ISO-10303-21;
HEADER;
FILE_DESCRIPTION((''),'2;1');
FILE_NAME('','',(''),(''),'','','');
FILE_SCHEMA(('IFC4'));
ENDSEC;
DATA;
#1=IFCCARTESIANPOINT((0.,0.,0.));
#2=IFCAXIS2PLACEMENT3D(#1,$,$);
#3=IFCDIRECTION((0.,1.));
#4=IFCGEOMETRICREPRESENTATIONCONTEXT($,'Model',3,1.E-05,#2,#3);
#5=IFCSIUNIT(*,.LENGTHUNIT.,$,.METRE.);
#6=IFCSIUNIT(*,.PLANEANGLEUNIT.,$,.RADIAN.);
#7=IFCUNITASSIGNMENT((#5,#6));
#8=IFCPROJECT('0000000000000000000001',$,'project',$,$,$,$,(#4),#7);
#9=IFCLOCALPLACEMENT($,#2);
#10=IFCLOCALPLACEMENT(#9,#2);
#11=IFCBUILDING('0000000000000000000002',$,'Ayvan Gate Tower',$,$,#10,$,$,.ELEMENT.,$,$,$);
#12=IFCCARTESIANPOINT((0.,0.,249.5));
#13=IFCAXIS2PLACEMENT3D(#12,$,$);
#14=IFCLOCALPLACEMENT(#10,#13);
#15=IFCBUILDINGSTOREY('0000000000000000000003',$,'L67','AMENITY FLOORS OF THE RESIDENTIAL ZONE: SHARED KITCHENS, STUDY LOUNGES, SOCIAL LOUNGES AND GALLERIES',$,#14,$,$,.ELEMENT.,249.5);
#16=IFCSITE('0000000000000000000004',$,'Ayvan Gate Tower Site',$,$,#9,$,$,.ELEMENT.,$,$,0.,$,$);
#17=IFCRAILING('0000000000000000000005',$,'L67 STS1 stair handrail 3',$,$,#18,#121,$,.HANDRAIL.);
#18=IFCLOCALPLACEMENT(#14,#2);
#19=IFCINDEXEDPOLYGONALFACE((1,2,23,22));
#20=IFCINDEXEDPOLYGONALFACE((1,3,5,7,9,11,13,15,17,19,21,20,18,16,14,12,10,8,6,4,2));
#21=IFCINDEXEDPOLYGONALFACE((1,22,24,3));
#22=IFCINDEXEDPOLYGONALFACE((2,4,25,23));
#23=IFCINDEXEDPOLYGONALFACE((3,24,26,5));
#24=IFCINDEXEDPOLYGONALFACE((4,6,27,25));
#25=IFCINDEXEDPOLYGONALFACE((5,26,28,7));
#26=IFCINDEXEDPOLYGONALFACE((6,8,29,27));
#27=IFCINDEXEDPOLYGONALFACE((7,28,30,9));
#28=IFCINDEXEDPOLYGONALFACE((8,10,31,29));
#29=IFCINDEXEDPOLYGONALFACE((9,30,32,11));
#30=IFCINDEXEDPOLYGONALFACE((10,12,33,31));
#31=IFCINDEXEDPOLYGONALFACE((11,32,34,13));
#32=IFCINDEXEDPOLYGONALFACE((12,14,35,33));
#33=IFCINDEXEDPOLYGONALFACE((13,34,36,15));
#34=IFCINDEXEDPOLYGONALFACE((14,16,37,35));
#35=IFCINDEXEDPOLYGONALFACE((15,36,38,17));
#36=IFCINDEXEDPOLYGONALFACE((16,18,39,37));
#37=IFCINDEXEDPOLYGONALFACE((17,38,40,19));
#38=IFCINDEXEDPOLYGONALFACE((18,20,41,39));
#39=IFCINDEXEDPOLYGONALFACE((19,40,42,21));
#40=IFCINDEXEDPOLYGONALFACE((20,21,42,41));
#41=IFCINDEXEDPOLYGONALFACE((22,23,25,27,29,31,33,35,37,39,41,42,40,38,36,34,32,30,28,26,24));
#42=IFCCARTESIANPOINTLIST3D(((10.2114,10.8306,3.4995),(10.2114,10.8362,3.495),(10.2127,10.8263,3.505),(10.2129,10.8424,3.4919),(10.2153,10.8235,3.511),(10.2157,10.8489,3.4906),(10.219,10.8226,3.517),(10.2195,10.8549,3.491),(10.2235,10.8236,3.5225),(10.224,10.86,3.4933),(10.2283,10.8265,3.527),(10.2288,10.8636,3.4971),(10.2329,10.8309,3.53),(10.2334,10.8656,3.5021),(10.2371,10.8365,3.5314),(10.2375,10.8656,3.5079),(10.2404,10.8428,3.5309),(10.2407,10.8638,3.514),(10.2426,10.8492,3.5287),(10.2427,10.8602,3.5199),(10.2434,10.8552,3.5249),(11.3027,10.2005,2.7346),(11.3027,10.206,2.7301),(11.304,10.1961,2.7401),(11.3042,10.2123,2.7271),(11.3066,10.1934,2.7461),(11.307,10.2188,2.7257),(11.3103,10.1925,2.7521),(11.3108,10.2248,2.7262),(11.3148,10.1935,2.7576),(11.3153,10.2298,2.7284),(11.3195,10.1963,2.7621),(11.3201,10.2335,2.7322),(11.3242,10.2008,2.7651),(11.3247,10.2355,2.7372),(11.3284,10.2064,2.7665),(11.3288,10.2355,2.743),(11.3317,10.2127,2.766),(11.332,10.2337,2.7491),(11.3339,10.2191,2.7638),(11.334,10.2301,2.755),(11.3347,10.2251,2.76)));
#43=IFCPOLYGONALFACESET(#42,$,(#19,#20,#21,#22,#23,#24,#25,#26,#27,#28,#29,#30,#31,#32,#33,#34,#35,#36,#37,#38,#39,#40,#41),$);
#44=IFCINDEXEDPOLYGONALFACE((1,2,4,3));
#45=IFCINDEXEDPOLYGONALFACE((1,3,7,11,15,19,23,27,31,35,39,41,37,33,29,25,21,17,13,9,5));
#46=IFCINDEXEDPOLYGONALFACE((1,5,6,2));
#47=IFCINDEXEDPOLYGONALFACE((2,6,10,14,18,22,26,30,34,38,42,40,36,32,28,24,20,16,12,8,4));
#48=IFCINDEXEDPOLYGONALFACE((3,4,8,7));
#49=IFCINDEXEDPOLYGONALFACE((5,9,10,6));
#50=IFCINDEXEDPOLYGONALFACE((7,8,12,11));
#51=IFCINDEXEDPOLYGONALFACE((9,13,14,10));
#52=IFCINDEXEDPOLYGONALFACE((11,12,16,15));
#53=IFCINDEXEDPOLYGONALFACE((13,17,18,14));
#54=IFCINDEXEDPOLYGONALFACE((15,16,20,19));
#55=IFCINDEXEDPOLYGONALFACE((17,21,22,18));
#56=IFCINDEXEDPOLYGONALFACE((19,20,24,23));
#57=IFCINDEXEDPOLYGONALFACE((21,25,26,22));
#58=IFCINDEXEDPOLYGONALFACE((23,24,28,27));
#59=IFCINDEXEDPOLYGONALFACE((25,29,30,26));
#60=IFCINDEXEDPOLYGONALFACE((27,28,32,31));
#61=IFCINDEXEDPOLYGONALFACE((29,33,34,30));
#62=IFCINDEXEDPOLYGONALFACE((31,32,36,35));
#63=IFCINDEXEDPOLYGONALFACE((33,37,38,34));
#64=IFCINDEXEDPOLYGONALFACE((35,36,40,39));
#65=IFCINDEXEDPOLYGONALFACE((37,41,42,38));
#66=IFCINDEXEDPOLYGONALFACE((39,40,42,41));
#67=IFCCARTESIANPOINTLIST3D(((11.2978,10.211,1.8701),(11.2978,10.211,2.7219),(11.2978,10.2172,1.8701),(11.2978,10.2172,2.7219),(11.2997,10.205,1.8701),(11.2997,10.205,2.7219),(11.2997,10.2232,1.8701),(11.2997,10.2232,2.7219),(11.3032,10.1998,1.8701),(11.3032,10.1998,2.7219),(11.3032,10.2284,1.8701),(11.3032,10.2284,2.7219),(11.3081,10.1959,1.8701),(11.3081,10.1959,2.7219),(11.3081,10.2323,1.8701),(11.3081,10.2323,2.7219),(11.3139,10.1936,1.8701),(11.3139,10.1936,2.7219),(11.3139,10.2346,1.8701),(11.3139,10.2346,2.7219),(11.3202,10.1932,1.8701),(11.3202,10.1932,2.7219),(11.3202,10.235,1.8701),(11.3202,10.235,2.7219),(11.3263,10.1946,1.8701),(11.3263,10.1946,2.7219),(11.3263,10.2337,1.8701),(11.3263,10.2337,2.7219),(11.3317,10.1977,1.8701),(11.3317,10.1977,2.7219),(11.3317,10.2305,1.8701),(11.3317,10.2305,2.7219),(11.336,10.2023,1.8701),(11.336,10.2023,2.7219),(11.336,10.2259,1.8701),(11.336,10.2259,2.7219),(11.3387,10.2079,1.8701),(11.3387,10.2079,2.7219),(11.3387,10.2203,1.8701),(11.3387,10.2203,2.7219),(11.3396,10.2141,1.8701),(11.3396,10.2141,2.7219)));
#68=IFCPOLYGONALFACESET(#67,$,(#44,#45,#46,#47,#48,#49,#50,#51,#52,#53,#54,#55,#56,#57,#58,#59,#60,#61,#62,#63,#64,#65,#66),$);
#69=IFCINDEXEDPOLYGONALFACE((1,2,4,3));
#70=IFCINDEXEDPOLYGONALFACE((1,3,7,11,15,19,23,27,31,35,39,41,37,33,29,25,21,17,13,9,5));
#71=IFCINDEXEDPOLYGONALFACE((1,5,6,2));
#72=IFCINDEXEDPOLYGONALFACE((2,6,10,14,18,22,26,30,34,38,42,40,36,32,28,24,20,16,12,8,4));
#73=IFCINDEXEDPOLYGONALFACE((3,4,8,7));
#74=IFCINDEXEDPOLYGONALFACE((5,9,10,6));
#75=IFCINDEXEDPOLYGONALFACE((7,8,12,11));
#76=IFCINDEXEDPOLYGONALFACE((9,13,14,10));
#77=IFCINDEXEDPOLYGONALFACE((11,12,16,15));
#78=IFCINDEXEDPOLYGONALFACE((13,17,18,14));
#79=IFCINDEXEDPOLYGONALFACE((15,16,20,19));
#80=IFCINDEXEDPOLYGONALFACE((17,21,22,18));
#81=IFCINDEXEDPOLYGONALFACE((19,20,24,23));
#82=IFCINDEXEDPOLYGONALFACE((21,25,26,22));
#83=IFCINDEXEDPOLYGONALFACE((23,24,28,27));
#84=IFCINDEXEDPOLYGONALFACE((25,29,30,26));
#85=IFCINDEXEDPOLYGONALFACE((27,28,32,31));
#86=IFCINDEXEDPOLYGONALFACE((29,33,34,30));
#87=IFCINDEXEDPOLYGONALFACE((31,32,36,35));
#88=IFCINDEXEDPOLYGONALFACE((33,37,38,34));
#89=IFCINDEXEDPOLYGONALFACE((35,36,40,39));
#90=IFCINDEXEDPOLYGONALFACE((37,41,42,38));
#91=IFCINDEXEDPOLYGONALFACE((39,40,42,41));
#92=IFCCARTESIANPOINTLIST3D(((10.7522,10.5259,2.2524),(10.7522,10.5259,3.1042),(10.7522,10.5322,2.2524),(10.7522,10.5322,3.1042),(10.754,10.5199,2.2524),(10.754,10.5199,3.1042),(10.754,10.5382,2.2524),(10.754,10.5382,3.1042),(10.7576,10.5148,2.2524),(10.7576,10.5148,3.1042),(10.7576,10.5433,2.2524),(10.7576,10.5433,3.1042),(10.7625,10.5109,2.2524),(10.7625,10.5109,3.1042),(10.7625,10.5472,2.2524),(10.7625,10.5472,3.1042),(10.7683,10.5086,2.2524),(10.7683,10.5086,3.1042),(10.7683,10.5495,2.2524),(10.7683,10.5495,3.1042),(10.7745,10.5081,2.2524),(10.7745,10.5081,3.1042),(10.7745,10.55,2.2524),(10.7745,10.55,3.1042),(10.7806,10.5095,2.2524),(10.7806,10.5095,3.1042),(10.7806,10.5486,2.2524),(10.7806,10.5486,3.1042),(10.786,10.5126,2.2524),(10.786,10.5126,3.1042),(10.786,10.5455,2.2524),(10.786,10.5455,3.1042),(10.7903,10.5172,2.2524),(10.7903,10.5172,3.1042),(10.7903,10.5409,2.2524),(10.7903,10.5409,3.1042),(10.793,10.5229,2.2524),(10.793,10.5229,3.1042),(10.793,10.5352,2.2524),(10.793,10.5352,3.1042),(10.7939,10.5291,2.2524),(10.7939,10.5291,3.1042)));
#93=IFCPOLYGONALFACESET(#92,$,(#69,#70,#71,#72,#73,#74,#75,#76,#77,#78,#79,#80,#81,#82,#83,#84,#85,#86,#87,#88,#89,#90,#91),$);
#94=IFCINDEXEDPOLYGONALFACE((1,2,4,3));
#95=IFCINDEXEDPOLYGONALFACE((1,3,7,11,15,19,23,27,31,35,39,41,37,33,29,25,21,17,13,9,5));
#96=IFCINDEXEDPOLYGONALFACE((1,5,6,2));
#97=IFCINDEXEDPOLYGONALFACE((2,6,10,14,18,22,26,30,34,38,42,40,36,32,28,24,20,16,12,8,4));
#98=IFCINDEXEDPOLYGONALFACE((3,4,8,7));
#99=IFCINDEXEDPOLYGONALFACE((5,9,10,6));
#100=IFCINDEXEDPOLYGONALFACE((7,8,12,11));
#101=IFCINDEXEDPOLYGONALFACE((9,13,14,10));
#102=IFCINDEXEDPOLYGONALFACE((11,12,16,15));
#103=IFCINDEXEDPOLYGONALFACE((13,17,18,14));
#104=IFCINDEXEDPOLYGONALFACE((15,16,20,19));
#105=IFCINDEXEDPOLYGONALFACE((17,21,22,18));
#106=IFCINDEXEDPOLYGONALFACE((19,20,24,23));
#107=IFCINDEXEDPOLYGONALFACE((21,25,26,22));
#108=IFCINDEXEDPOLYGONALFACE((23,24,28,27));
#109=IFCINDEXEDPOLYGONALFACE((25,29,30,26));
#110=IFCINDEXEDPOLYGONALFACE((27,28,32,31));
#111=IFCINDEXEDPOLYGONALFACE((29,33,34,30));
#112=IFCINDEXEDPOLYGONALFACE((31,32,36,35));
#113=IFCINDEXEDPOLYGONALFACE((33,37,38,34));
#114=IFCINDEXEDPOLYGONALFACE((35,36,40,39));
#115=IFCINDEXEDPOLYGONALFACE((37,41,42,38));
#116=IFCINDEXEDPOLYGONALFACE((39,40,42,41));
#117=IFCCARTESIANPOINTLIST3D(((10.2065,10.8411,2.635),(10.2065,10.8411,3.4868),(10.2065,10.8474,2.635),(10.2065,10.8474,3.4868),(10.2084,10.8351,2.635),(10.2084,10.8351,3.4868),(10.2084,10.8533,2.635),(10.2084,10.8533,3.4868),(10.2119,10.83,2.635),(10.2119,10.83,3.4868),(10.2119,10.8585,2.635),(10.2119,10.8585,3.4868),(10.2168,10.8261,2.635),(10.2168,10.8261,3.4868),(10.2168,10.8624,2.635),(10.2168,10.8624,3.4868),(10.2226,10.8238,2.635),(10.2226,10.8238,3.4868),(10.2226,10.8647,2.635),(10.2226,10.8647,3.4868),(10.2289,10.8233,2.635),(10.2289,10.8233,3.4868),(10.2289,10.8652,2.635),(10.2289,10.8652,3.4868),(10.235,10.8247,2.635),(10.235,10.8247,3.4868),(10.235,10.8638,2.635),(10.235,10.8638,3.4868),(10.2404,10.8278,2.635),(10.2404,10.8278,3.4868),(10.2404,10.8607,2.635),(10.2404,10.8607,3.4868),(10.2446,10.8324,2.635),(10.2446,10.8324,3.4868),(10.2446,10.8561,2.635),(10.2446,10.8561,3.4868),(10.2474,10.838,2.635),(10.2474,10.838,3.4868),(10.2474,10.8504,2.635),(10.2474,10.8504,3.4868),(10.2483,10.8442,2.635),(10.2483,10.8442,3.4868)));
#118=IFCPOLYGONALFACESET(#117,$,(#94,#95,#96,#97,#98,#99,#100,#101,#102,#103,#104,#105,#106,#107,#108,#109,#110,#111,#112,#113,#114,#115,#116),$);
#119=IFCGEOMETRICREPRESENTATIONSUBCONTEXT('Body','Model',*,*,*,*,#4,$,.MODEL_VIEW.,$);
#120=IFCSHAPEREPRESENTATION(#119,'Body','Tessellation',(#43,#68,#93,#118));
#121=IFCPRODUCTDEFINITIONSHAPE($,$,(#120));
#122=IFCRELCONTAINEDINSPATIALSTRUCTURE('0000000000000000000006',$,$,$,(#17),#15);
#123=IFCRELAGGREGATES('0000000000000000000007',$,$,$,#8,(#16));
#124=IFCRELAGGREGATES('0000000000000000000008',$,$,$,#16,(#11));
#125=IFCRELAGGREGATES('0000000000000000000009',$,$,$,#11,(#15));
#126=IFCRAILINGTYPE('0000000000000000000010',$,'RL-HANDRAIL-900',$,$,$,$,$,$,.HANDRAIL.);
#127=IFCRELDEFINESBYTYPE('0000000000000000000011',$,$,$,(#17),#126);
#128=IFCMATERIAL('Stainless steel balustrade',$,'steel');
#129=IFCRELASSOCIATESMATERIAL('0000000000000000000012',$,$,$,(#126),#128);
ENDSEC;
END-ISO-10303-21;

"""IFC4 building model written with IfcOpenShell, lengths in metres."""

from ifc_helpers import new_model, si_unit, direction, frame, origin, origin_2d, place, context, subcontext, project, spatial, circle, extrude, material, type_object, element, save


model = new_model("IFC4")

# Units and contexts
model_context = context("Model", 3, precision=1e-05, world=origin(), true_north=direction((0.0, 1.0)))
body_context = subcontext(model_context, "Body", "Model", "MODEL_VIEW")
ifc_project = project(units=[si_unit("LENGTHUNIT", "METRE"), si_unit("PLANEANGLEUNIT", "RADIAN")], contexts=[model_context])

# Site, building, storey
site_placement = place(None, origin())
site = spatial("IfcSite", under=ifc_project, at=site_placement, Name="Ayvan Gate Tower Site", CompositionType="ELEMENT", RefElevation=0.0)
building_placement = place(site_placement, origin())
building = spatial("IfcBuilding", under=site, at=building_placement, Name="Ayvan Gate Tower", CompositionType="ELEMENT")
storey_placement = place(building_placement, frame((0.0, 0.0, 249.5)))
storey = spatial("IfcBuildingStorey", under=building, at=storey_placement, Name="L67", Description="AMENITY FLOORS OF THE RESIDENTIAL ZONE: SHARED KITCHENS, STUDY LOUNGES, SOCIAL LOUNGES AND GALLERIES", CompositionType="ELEMENT", Elevation=249.5)

# Railing
ifc_material_1 = material(Name="Stainless steel balustrade", Category="steel")
railing_type_1 = type_object("IfcRailingType", Name="RL-HANDRAIL-900", PredefinedType="HANDRAIL", material=ifc_material_1)
railing_1_placement = place(storey_placement, frame((11.3186, 10.2141, 1.8701)))
element("IfcRailing", 1, at=railing_1_placement, inside=storey, type_object=railing_type_1, Name="L67 STS1 stair handrail 3", PredefinedType="HANDRAIL", context=body_context, shape_type="SweptSolid", body=[
    extrude(circle(Radius=0.0239, at=origin_2d()), frame((0.0, 0.0, 0.876), z_axis=(-0.740304, 0.427455, 0.518875), x_axis=(-0.500035, -0.866005, 0.0)), (0.0, 0.0, 1.0), 1.4741),
    extrude(circle(Radius=0.021, at=origin_2d()), origin(), (0.0, 0.0, 1.0), 0.8518),
    extrude(circle(Radius=0.021, at=origin_2d()), frame((-0.5457, 0.3149, 0.3823)), (0.0, 0.0, 1.0), 0.8518),
    extrude(circle(Radius=0.021, at=origin_2d()), frame((-1.0913, 0.6301, 0.7649)), (0.0, 0.0, 1.0), 0.8518),
])

save(model, "model.ifc")
